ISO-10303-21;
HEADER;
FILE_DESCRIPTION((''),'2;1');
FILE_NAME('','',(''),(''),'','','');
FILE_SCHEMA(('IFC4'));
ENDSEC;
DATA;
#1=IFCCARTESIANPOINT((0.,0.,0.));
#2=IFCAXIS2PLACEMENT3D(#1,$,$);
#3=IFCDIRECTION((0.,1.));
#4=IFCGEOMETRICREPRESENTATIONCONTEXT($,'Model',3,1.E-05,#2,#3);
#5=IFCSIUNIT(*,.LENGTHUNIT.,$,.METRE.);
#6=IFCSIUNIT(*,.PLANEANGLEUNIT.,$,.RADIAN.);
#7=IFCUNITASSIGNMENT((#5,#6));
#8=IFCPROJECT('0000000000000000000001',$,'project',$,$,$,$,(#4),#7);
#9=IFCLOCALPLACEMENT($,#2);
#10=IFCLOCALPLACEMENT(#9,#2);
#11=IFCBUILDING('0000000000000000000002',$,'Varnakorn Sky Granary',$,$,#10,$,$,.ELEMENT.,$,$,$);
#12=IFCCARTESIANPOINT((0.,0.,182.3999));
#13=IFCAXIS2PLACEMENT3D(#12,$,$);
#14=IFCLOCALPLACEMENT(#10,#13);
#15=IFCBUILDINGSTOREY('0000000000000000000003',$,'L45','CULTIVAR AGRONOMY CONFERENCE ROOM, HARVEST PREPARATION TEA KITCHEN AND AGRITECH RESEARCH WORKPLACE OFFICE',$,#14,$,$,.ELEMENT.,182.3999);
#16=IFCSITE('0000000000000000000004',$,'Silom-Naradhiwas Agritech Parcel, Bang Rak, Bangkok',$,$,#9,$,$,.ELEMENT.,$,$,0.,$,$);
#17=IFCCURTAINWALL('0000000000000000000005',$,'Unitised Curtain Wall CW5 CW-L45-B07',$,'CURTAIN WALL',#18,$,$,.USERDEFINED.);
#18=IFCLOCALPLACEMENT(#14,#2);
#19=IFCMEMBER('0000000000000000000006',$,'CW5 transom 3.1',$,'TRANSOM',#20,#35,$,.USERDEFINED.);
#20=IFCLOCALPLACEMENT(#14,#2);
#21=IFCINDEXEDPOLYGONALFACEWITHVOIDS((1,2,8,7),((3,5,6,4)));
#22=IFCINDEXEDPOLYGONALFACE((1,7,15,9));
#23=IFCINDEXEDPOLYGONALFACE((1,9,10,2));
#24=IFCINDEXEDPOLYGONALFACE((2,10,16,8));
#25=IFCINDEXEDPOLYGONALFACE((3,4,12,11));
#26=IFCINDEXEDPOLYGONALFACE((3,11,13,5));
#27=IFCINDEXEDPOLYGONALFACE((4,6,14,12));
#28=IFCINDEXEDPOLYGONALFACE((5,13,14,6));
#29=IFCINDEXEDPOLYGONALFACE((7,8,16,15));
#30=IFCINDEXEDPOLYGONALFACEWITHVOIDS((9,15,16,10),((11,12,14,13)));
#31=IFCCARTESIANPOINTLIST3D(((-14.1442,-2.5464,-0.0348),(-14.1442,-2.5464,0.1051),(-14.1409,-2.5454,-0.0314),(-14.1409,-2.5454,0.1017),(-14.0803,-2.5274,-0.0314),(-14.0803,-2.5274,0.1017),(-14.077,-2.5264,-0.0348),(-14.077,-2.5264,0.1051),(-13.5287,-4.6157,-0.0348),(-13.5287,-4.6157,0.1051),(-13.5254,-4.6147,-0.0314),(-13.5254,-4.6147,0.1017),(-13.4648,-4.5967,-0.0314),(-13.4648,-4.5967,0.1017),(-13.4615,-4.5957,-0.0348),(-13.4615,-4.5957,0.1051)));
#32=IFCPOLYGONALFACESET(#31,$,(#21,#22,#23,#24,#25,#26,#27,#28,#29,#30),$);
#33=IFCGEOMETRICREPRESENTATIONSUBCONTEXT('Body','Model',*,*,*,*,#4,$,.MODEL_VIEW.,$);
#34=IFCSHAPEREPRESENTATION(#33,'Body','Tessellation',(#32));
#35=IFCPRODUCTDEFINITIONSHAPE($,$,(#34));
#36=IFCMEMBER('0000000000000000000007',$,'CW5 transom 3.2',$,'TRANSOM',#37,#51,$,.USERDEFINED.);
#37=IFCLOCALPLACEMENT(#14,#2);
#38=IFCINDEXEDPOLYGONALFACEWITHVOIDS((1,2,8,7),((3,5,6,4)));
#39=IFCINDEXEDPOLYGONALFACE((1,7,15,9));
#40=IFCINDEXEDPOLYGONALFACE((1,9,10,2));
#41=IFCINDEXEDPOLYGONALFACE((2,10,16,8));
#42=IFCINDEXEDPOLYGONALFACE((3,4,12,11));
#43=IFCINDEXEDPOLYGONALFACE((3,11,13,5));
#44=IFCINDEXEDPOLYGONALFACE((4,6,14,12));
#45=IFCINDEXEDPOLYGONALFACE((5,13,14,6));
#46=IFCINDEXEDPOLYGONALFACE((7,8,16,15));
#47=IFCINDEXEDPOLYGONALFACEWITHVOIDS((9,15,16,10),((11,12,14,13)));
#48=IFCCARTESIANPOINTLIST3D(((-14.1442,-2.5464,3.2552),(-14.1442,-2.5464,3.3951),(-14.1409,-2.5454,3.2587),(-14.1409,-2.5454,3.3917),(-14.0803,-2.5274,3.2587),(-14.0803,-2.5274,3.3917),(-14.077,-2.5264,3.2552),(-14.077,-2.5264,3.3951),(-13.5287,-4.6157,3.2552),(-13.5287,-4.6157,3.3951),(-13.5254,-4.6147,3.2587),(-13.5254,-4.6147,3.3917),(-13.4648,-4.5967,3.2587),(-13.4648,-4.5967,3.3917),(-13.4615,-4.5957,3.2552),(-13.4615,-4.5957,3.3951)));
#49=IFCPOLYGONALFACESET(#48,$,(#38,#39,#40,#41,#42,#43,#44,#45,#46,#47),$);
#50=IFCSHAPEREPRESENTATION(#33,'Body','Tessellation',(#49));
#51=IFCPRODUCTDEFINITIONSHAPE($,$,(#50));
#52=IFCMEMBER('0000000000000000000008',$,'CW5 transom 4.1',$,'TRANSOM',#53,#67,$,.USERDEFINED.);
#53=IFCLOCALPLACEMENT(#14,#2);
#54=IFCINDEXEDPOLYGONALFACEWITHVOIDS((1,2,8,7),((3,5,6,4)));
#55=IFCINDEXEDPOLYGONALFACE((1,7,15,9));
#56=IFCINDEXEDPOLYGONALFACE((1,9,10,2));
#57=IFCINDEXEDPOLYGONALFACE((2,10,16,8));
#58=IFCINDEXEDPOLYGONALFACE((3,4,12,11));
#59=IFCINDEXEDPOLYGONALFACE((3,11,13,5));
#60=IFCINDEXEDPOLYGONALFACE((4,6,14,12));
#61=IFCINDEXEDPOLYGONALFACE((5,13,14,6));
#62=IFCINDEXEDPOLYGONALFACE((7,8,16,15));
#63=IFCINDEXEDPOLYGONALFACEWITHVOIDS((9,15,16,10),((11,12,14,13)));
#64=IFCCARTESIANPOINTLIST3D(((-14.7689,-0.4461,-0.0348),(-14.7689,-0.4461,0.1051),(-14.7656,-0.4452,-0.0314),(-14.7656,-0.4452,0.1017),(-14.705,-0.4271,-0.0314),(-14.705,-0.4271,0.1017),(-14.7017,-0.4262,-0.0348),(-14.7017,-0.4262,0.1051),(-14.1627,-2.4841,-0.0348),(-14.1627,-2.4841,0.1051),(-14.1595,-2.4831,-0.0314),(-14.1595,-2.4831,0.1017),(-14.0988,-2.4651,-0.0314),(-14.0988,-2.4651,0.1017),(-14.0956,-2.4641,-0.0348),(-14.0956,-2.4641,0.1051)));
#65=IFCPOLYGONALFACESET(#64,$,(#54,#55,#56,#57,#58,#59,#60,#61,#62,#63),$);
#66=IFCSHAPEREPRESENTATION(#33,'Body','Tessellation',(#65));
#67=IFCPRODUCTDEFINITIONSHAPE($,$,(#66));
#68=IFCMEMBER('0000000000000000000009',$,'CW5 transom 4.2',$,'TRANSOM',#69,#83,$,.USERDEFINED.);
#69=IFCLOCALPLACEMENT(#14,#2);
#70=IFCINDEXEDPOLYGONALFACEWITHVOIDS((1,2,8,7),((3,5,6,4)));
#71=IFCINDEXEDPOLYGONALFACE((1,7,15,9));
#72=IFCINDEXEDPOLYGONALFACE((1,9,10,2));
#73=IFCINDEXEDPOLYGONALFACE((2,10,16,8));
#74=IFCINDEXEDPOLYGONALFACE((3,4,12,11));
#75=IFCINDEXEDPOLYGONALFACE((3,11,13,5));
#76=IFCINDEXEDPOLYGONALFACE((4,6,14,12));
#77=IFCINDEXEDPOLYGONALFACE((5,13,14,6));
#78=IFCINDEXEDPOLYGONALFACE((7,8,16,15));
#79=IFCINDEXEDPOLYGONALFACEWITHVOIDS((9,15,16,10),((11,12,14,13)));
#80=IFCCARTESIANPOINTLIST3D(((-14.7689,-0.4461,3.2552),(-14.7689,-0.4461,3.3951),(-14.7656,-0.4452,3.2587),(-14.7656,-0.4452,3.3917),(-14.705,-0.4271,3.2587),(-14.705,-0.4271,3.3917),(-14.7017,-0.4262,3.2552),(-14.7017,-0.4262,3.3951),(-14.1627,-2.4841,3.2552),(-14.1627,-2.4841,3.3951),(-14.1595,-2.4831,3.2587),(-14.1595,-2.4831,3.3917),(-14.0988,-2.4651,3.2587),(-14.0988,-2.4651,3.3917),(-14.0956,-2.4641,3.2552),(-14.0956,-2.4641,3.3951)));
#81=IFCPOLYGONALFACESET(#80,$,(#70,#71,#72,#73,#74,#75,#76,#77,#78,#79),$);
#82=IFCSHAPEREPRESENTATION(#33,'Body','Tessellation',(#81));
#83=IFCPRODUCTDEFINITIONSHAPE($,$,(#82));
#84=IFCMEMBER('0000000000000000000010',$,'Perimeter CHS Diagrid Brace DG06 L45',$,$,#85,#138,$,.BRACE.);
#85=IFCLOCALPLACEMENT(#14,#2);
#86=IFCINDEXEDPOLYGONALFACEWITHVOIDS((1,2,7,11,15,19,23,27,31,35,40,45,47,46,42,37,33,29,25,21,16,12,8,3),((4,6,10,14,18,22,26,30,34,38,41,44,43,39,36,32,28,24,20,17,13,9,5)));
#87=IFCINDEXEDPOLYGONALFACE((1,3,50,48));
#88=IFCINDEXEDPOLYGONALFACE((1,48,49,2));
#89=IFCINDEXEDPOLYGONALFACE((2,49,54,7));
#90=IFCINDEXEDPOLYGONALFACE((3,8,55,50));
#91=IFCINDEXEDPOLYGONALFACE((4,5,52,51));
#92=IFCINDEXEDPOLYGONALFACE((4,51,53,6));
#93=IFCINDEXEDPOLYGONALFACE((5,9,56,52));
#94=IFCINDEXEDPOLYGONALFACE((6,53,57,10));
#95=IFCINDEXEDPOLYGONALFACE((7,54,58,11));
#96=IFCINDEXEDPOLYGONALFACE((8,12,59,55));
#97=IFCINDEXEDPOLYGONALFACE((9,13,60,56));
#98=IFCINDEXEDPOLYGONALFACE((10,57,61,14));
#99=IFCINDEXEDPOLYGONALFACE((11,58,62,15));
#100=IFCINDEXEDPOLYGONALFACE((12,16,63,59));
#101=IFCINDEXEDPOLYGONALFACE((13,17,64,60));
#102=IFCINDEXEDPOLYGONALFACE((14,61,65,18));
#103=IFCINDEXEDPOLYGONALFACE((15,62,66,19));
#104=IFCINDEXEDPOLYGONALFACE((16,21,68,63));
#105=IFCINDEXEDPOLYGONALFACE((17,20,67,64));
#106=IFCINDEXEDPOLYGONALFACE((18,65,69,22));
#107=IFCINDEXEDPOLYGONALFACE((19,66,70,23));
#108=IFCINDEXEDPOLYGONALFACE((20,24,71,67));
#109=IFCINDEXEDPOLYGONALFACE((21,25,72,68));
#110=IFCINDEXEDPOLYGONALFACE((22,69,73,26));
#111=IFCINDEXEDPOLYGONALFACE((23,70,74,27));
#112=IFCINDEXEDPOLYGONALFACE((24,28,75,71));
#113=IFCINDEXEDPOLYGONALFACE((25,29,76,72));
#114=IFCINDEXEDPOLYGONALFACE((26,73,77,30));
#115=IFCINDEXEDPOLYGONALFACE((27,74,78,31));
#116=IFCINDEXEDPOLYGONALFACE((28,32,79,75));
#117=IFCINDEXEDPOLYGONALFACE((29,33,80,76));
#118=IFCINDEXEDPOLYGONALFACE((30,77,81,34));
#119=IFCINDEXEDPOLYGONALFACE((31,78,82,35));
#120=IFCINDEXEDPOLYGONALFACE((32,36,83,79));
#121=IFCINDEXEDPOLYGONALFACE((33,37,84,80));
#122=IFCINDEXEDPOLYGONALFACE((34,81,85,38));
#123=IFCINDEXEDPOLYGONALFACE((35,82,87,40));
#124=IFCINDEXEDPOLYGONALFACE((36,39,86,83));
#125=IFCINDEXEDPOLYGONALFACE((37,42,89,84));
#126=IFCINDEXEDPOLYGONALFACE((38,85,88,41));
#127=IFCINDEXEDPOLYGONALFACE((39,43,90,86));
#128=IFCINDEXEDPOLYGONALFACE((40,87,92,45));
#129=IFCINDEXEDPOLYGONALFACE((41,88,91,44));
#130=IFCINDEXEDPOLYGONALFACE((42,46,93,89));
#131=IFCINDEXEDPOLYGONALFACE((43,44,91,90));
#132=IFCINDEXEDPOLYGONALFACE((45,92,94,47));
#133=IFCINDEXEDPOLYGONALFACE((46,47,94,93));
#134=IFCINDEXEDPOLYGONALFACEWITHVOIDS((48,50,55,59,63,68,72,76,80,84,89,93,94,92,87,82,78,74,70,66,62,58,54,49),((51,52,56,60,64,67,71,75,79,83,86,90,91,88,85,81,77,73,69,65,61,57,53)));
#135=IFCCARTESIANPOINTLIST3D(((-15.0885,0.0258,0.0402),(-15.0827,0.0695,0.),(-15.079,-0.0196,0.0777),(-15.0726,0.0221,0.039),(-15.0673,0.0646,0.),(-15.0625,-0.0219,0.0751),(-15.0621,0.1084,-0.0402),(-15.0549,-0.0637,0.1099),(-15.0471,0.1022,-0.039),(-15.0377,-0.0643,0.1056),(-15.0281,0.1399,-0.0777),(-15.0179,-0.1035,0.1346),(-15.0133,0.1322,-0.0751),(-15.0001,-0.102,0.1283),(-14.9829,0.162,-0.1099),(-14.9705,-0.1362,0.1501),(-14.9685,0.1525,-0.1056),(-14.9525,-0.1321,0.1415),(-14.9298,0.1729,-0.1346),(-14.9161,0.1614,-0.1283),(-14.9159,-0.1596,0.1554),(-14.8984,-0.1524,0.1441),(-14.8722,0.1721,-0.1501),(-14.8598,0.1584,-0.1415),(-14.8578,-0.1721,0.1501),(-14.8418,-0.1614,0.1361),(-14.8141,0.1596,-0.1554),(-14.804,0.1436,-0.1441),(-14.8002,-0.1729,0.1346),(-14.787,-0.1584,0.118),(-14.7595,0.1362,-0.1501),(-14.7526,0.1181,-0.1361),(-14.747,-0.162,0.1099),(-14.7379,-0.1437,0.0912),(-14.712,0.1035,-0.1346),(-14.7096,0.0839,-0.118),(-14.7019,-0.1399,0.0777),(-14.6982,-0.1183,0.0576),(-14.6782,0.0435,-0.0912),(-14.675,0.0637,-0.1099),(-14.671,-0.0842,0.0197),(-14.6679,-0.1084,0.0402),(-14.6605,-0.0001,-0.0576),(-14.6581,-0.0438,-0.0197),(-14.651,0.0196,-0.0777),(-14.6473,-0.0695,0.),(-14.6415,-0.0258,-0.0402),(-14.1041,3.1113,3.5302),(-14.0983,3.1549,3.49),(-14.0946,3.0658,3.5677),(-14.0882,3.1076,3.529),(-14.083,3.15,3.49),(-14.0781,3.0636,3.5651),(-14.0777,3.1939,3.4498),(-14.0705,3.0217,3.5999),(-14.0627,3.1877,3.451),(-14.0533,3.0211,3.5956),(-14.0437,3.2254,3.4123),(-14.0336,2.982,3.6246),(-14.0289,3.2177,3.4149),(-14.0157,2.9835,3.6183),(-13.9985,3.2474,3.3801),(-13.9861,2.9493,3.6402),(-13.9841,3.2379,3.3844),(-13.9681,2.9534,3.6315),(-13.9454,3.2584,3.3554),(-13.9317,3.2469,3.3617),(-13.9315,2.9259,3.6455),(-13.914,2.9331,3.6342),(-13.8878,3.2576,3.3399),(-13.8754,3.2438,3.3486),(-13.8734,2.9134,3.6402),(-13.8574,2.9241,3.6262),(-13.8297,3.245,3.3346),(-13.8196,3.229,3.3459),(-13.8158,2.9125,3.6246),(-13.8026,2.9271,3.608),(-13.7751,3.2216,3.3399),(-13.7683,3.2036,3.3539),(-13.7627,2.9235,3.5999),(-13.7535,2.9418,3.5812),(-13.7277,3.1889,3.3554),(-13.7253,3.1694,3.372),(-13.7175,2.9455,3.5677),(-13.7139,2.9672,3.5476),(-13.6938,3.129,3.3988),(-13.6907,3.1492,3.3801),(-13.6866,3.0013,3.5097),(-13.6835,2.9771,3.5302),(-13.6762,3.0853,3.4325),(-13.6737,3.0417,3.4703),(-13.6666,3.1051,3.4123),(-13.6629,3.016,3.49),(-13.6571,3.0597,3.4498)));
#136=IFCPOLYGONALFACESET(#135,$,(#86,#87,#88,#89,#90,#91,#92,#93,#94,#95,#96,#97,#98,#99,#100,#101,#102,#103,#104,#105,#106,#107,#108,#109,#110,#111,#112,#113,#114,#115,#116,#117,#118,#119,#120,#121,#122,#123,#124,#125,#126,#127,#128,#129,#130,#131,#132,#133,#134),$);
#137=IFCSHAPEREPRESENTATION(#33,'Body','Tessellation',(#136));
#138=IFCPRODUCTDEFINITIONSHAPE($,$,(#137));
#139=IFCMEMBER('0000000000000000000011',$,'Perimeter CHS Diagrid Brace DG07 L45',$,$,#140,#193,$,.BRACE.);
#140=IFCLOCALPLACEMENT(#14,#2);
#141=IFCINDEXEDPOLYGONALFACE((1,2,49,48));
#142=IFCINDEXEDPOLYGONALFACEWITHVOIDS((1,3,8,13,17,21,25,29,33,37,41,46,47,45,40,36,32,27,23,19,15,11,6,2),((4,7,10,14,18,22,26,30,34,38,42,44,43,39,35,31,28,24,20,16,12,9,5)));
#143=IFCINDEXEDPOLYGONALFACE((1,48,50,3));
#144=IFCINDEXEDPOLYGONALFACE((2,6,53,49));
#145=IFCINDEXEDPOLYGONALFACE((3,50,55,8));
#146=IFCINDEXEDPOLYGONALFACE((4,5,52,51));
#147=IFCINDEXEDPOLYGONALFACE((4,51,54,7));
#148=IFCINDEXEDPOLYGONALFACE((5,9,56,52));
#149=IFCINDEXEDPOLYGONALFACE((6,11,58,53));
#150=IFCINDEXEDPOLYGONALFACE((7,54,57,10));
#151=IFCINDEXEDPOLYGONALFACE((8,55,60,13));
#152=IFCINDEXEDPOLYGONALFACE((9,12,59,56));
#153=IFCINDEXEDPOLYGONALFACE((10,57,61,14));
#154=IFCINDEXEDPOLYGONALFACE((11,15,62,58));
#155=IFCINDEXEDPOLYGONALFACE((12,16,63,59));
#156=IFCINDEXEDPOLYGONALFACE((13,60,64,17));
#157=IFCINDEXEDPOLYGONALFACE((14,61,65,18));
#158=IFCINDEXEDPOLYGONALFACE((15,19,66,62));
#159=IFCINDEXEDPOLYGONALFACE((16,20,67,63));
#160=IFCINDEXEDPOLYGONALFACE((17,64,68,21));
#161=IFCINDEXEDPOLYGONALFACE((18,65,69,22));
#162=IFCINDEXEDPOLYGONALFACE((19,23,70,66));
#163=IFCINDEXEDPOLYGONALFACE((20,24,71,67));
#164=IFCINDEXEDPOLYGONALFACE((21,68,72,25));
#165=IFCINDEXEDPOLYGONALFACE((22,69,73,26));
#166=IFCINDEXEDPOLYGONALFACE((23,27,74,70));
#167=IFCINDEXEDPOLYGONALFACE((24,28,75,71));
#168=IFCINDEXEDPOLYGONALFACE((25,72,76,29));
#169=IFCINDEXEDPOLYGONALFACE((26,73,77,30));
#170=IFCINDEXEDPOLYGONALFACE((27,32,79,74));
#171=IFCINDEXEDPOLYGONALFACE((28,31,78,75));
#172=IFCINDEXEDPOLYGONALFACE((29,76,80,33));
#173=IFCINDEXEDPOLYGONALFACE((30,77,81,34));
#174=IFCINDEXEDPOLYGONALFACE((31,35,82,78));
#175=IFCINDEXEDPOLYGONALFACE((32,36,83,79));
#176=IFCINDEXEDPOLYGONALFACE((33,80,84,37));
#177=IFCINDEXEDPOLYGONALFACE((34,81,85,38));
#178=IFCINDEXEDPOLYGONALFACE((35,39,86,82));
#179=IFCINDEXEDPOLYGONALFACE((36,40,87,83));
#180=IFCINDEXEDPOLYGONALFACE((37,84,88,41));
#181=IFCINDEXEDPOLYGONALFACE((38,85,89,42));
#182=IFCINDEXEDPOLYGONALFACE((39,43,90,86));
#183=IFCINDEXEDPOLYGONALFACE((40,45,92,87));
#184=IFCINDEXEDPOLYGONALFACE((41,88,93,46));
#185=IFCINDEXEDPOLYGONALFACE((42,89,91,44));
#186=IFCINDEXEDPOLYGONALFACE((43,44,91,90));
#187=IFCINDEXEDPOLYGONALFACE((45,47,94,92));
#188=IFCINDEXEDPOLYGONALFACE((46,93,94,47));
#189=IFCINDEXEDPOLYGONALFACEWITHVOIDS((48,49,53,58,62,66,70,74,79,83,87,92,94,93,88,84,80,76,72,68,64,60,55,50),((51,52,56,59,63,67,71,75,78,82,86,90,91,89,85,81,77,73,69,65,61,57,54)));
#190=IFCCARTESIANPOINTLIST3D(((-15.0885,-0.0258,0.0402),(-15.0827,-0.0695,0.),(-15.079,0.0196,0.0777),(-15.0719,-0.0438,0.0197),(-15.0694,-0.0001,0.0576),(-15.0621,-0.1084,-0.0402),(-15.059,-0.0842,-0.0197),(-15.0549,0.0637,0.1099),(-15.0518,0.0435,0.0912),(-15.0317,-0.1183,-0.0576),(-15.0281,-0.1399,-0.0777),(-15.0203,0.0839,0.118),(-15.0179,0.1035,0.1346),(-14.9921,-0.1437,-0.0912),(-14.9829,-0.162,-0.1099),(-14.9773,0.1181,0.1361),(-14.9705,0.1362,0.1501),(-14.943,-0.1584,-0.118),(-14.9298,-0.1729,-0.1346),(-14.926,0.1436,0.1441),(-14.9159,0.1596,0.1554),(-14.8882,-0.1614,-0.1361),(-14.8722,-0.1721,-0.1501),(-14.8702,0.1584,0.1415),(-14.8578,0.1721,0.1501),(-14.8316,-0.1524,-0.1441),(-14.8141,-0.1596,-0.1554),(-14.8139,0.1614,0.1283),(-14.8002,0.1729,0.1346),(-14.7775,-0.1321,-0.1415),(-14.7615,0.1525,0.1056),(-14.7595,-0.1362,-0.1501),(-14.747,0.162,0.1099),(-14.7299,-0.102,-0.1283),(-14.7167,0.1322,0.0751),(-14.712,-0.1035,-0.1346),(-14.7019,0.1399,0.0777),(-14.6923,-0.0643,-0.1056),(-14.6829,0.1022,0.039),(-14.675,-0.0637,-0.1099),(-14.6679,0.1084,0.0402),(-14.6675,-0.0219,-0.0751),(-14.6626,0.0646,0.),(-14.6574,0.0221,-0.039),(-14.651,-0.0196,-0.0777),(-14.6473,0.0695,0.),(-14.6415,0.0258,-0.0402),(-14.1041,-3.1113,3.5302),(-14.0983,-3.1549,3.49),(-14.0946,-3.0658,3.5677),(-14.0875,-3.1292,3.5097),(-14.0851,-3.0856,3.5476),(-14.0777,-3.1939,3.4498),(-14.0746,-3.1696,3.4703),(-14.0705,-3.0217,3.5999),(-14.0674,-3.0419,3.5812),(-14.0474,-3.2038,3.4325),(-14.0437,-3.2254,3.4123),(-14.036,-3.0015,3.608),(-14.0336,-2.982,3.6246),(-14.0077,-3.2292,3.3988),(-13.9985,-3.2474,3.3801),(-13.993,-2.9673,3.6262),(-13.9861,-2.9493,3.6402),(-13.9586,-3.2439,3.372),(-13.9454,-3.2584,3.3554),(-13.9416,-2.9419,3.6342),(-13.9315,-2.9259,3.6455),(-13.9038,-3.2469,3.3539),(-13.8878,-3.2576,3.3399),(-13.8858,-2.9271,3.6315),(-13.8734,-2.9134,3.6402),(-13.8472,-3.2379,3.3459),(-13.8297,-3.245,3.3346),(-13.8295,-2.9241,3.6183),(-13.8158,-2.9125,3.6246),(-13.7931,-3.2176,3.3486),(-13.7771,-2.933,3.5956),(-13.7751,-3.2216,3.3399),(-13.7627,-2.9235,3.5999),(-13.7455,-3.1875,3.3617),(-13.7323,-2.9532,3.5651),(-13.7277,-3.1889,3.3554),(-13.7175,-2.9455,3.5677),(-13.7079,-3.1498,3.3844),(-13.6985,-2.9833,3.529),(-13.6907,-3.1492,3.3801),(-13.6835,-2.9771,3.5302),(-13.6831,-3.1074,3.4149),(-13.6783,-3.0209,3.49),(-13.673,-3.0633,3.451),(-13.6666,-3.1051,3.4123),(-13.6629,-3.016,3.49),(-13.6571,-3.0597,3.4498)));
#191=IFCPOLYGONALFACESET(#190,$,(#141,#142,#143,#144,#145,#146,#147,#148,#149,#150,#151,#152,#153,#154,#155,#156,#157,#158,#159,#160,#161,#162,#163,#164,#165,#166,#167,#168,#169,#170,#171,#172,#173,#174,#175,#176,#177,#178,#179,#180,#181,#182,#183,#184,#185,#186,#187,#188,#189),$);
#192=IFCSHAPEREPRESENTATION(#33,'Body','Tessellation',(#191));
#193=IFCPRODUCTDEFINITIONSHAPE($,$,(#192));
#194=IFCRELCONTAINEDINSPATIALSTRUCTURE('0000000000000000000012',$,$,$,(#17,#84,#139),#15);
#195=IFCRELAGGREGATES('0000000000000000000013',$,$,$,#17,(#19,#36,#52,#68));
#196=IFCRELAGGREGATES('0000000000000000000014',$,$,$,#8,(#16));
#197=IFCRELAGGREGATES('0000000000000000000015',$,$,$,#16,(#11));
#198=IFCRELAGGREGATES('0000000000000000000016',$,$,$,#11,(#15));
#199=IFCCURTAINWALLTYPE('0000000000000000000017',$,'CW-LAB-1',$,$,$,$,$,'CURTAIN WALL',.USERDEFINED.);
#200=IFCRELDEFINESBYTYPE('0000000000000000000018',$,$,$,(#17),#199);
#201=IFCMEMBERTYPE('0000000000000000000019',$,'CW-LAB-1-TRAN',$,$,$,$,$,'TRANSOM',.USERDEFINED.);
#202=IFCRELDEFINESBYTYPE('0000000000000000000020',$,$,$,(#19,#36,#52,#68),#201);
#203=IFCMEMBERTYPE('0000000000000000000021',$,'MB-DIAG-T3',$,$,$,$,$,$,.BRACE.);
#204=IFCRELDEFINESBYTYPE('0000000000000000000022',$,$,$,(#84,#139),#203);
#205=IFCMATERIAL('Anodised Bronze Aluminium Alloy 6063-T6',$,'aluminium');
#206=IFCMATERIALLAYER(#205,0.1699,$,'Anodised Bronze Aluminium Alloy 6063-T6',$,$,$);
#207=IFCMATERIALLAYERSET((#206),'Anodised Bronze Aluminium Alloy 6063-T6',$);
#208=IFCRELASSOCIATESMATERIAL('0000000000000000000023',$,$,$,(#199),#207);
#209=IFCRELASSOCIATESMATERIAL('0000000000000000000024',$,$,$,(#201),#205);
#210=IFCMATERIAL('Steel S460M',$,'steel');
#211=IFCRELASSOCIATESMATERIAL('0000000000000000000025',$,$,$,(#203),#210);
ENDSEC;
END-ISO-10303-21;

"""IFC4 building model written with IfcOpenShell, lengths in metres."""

from ifc_helpers import new_model, si_unit, direction, frame, origin, origin_2d, place, context, subcontext, project, spatial, hollow_rectangle, hollow_circle, extrude, material, layer, layer_set, material_profile, profile_set, type_object, element, aggregate, save


model = new_model("IFC4")

# Units and contexts
model_context = context("Model", 3, precision=1e-05, world=origin(), true_north=direction((0.0, 1.0)))
body_context = subcontext(model_context, "Body", "Model", "MODEL_VIEW")
ifc_project = project(units=[si_unit("LENGTHUNIT", "METRE"), si_unit("PLANEANGLEUNIT", "RADIAN")], contexts=[model_context])

# Site, building, storey
site_placement = place(None, origin())
site = spatial("IfcSite", under=ifc_project, at=site_placement, Name="Silom-Naradhiwas Agritech Parcel, Bang Rak, Bangkok", CompositionType="ELEMENT", RefElevation=0.0)
building_placement = place(site_placement, origin())
building = spatial("IfcBuilding", under=site, at=building_placement, Name="Varnakorn Sky Granary", CompositionType="ELEMENT")
storey_placement = place(building_placement, frame((0.0, 0.0, 182.3999)))
storey = spatial("IfcBuildingStorey", under=building, at=storey_placement, Name="L45", Description="CULTIVAR AGRONOMY CONFERENCE ROOM, HARVEST PREPARATION TEA KITCHEN AND AGRITECH RESEARCH WORKPLACE OFFICE", CompositionType="ELEMENT", Elevation=182.3999)

# Shared definitions
ifc_material_1 = material(Name="Steel S460M", Category="steel")

# Curtain wall, members
ifc_material_2 = material(Name="Anodised Bronze Aluminium Alloy 6063-T6", Category="aluminium")
ifc_layer_1 = layer(ifc_material_2, 0.1699, Name="Anodised Bronze Aluminium Alloy 6063-T6")
ifc_layer_set_1 = layer_set([ifc_layer_1], Name="Anodised Bronze Aluminium Alloy 6063-T6")
curtain_wall_type = type_object("IfcCurtainWallType", Name="CW-LAB-1", ElementType="CURTAIN WALL", PredefinedType="USERDEFINED", material=ifc_layer_set_1)
curtain_wall_placement = place(storey_placement, origin())
curtain_wall = element("IfcCurtainWall", 1, at=curtain_wall_placement, inside=storey, type_object=curtain_wall_type, Name="Unitised Curtain Wall CW5 CW-L45-B07", ObjectType="CURTAIN WALL", PredefinedType="USERDEFINED")
ifc_material_profile_1 = material_profile(ifc_material_2, hollow_rectangle(XDim=0.0701, YDim=0.1399, WallThickness=0.0034, at=origin_2d()), Name="ALU TRAN 70x140")
ifc_profile_set_1 = profile_set([ifc_material_profile_1], Name="Anodised Bronze Aluminium Alloy 6063-T6")
member_type_1 = type_object("IfcMemberType", Name="CW-LAB-1-TRAN", ElementType="TRANSOM", PredefinedType="USERDEFINED", material=ifc_profile_set_1)
member_1_placement = place(storey_placement, frame((-13.4951, -4.6057, 0.0352), z_axis=(-0.285085, 0.958502, 0.0), x_axis=(-0.958502, -0.285085, 0.0)))
member_1 = element("IfcMember", 2, at=member_1_placement, type_object=member_type_1, Name="CW5 transom 3.1", ObjectType="TRANSOM", PredefinedType="USERDEFINED", context=body_context, shape_type="SweptSolid", body=[
    extrude(hollow_rectangle(XDim=0.0701, YDim=0.1399, WallThickness=0.0034, at=origin_2d()), origin(), (0.0, 0.0, 1.0), 2.1589),
])
member_2_placement = place(storey_placement, frame((-13.4951, -4.6057, 3.3252), z_axis=(-0.285085, 0.958502, 0.0), x_axis=(-0.958502, -0.285085, 0.0)))
member_2 = element("IfcMember", 3, at=member_2_placement, type_object=member_type_1, Name="CW5 transom 3.2", ObjectType="TRANSOM", PredefinedType="USERDEFINED", context=body_context, shape_type="SweptSolid", body=[
    extrude(hollow_rectangle(XDim=0.0701, YDim=0.1399, WallThickness=0.0034, at=origin_2d()), origin(), (0.0, 0.0, 1.0), 2.1589),
])
member_3_placement = place(storey_placement, frame((-14.1292, -2.4741, 0.0352), z_axis=(-0.285093, 0.9585, 0.0), x_axis=(-0.9585, -0.285093, 0.0)))
member_3 = element("IfcMember", 4, at=member_3_placement, type_object=member_type_1, Name="CW5 transom 4.1", ObjectType="TRANSOM", PredefinedType="USERDEFINED", context=body_context, shape_type="SweptSolid", body=[
    extrude(hollow_rectangle(XDim=0.0701, YDim=0.1399, WallThickness=0.0034, at=origin_2d()), origin(), (0.0, 0.0, 1.0), 2.1262),
])
member_4_placement = place(storey_placement, frame((-14.1292, -2.4741, 3.3252), z_axis=(-0.285093, 0.9585, 0.0), x_axis=(-0.9585, -0.285093, 0.0)))
member_4 = element("IfcMember", 5, at=member_4_placement, type_object=member_type_1, Name="CW5 transom 4.2", ObjectType="TRANSOM", PredefinedType="USERDEFINED", context=body_context, shape_type="SweptSolid", body=[
    extrude(hollow_rectangle(XDim=0.0701, YDim=0.1399, WallThickness=0.0034, at=origin_2d()), origin(), (0.0, 0.0, 1.0), 2.1262),
])

# Members
ifc_material_profile_2 = material_profile(ifc_material_1, hollow_circle(Radius=0.2285, WallThickness=0.0161, at=origin_2d()), Name="CHS 457x16")
ifc_profile_set_2 = profile_set([ifc_material_profile_2], Name="Steel S460M")
member_type_2 = type_object("IfcMemberType", Name="MB-DIAG-T3", PredefinedType="BRACE", material=ifc_profile_set_2)
for number, where, z_axis, x_axis, name in (
    (6, (-14.865, 0.0, 0.0), (0.206749, 0.64804, 0.733006), (-0.95269, 0.303944, 0.0), "Perimeter CHS Diagrid Brace DG06 L45"),
    (7, (-14.865, 0.0, 0.0), (0.206749, -0.64804, 0.733006), (0.95269, 0.303944, 0.0), "Perimeter CHS Diagrid Brace DG07 L45"),
):
    element("IfcMember", number, at=place(storey_placement, frame(where, z_axis=z_axis, x_axis=x_axis)), inside=storey, type_object=member_type_2, Name=name, PredefinedType="BRACE", context=body_context, shape_type="SweptSolid", body=[
        extrude(hollow_circle(Radius=0.2285, WallThickness=0.0161, at=origin_2d()), origin(), (0.0, 0.0, 1.0), 4.7612),
    ])

aggregate(curtain_wall, [member_1, member_2, member_3, member_4])

save(model, "model.ifc")
